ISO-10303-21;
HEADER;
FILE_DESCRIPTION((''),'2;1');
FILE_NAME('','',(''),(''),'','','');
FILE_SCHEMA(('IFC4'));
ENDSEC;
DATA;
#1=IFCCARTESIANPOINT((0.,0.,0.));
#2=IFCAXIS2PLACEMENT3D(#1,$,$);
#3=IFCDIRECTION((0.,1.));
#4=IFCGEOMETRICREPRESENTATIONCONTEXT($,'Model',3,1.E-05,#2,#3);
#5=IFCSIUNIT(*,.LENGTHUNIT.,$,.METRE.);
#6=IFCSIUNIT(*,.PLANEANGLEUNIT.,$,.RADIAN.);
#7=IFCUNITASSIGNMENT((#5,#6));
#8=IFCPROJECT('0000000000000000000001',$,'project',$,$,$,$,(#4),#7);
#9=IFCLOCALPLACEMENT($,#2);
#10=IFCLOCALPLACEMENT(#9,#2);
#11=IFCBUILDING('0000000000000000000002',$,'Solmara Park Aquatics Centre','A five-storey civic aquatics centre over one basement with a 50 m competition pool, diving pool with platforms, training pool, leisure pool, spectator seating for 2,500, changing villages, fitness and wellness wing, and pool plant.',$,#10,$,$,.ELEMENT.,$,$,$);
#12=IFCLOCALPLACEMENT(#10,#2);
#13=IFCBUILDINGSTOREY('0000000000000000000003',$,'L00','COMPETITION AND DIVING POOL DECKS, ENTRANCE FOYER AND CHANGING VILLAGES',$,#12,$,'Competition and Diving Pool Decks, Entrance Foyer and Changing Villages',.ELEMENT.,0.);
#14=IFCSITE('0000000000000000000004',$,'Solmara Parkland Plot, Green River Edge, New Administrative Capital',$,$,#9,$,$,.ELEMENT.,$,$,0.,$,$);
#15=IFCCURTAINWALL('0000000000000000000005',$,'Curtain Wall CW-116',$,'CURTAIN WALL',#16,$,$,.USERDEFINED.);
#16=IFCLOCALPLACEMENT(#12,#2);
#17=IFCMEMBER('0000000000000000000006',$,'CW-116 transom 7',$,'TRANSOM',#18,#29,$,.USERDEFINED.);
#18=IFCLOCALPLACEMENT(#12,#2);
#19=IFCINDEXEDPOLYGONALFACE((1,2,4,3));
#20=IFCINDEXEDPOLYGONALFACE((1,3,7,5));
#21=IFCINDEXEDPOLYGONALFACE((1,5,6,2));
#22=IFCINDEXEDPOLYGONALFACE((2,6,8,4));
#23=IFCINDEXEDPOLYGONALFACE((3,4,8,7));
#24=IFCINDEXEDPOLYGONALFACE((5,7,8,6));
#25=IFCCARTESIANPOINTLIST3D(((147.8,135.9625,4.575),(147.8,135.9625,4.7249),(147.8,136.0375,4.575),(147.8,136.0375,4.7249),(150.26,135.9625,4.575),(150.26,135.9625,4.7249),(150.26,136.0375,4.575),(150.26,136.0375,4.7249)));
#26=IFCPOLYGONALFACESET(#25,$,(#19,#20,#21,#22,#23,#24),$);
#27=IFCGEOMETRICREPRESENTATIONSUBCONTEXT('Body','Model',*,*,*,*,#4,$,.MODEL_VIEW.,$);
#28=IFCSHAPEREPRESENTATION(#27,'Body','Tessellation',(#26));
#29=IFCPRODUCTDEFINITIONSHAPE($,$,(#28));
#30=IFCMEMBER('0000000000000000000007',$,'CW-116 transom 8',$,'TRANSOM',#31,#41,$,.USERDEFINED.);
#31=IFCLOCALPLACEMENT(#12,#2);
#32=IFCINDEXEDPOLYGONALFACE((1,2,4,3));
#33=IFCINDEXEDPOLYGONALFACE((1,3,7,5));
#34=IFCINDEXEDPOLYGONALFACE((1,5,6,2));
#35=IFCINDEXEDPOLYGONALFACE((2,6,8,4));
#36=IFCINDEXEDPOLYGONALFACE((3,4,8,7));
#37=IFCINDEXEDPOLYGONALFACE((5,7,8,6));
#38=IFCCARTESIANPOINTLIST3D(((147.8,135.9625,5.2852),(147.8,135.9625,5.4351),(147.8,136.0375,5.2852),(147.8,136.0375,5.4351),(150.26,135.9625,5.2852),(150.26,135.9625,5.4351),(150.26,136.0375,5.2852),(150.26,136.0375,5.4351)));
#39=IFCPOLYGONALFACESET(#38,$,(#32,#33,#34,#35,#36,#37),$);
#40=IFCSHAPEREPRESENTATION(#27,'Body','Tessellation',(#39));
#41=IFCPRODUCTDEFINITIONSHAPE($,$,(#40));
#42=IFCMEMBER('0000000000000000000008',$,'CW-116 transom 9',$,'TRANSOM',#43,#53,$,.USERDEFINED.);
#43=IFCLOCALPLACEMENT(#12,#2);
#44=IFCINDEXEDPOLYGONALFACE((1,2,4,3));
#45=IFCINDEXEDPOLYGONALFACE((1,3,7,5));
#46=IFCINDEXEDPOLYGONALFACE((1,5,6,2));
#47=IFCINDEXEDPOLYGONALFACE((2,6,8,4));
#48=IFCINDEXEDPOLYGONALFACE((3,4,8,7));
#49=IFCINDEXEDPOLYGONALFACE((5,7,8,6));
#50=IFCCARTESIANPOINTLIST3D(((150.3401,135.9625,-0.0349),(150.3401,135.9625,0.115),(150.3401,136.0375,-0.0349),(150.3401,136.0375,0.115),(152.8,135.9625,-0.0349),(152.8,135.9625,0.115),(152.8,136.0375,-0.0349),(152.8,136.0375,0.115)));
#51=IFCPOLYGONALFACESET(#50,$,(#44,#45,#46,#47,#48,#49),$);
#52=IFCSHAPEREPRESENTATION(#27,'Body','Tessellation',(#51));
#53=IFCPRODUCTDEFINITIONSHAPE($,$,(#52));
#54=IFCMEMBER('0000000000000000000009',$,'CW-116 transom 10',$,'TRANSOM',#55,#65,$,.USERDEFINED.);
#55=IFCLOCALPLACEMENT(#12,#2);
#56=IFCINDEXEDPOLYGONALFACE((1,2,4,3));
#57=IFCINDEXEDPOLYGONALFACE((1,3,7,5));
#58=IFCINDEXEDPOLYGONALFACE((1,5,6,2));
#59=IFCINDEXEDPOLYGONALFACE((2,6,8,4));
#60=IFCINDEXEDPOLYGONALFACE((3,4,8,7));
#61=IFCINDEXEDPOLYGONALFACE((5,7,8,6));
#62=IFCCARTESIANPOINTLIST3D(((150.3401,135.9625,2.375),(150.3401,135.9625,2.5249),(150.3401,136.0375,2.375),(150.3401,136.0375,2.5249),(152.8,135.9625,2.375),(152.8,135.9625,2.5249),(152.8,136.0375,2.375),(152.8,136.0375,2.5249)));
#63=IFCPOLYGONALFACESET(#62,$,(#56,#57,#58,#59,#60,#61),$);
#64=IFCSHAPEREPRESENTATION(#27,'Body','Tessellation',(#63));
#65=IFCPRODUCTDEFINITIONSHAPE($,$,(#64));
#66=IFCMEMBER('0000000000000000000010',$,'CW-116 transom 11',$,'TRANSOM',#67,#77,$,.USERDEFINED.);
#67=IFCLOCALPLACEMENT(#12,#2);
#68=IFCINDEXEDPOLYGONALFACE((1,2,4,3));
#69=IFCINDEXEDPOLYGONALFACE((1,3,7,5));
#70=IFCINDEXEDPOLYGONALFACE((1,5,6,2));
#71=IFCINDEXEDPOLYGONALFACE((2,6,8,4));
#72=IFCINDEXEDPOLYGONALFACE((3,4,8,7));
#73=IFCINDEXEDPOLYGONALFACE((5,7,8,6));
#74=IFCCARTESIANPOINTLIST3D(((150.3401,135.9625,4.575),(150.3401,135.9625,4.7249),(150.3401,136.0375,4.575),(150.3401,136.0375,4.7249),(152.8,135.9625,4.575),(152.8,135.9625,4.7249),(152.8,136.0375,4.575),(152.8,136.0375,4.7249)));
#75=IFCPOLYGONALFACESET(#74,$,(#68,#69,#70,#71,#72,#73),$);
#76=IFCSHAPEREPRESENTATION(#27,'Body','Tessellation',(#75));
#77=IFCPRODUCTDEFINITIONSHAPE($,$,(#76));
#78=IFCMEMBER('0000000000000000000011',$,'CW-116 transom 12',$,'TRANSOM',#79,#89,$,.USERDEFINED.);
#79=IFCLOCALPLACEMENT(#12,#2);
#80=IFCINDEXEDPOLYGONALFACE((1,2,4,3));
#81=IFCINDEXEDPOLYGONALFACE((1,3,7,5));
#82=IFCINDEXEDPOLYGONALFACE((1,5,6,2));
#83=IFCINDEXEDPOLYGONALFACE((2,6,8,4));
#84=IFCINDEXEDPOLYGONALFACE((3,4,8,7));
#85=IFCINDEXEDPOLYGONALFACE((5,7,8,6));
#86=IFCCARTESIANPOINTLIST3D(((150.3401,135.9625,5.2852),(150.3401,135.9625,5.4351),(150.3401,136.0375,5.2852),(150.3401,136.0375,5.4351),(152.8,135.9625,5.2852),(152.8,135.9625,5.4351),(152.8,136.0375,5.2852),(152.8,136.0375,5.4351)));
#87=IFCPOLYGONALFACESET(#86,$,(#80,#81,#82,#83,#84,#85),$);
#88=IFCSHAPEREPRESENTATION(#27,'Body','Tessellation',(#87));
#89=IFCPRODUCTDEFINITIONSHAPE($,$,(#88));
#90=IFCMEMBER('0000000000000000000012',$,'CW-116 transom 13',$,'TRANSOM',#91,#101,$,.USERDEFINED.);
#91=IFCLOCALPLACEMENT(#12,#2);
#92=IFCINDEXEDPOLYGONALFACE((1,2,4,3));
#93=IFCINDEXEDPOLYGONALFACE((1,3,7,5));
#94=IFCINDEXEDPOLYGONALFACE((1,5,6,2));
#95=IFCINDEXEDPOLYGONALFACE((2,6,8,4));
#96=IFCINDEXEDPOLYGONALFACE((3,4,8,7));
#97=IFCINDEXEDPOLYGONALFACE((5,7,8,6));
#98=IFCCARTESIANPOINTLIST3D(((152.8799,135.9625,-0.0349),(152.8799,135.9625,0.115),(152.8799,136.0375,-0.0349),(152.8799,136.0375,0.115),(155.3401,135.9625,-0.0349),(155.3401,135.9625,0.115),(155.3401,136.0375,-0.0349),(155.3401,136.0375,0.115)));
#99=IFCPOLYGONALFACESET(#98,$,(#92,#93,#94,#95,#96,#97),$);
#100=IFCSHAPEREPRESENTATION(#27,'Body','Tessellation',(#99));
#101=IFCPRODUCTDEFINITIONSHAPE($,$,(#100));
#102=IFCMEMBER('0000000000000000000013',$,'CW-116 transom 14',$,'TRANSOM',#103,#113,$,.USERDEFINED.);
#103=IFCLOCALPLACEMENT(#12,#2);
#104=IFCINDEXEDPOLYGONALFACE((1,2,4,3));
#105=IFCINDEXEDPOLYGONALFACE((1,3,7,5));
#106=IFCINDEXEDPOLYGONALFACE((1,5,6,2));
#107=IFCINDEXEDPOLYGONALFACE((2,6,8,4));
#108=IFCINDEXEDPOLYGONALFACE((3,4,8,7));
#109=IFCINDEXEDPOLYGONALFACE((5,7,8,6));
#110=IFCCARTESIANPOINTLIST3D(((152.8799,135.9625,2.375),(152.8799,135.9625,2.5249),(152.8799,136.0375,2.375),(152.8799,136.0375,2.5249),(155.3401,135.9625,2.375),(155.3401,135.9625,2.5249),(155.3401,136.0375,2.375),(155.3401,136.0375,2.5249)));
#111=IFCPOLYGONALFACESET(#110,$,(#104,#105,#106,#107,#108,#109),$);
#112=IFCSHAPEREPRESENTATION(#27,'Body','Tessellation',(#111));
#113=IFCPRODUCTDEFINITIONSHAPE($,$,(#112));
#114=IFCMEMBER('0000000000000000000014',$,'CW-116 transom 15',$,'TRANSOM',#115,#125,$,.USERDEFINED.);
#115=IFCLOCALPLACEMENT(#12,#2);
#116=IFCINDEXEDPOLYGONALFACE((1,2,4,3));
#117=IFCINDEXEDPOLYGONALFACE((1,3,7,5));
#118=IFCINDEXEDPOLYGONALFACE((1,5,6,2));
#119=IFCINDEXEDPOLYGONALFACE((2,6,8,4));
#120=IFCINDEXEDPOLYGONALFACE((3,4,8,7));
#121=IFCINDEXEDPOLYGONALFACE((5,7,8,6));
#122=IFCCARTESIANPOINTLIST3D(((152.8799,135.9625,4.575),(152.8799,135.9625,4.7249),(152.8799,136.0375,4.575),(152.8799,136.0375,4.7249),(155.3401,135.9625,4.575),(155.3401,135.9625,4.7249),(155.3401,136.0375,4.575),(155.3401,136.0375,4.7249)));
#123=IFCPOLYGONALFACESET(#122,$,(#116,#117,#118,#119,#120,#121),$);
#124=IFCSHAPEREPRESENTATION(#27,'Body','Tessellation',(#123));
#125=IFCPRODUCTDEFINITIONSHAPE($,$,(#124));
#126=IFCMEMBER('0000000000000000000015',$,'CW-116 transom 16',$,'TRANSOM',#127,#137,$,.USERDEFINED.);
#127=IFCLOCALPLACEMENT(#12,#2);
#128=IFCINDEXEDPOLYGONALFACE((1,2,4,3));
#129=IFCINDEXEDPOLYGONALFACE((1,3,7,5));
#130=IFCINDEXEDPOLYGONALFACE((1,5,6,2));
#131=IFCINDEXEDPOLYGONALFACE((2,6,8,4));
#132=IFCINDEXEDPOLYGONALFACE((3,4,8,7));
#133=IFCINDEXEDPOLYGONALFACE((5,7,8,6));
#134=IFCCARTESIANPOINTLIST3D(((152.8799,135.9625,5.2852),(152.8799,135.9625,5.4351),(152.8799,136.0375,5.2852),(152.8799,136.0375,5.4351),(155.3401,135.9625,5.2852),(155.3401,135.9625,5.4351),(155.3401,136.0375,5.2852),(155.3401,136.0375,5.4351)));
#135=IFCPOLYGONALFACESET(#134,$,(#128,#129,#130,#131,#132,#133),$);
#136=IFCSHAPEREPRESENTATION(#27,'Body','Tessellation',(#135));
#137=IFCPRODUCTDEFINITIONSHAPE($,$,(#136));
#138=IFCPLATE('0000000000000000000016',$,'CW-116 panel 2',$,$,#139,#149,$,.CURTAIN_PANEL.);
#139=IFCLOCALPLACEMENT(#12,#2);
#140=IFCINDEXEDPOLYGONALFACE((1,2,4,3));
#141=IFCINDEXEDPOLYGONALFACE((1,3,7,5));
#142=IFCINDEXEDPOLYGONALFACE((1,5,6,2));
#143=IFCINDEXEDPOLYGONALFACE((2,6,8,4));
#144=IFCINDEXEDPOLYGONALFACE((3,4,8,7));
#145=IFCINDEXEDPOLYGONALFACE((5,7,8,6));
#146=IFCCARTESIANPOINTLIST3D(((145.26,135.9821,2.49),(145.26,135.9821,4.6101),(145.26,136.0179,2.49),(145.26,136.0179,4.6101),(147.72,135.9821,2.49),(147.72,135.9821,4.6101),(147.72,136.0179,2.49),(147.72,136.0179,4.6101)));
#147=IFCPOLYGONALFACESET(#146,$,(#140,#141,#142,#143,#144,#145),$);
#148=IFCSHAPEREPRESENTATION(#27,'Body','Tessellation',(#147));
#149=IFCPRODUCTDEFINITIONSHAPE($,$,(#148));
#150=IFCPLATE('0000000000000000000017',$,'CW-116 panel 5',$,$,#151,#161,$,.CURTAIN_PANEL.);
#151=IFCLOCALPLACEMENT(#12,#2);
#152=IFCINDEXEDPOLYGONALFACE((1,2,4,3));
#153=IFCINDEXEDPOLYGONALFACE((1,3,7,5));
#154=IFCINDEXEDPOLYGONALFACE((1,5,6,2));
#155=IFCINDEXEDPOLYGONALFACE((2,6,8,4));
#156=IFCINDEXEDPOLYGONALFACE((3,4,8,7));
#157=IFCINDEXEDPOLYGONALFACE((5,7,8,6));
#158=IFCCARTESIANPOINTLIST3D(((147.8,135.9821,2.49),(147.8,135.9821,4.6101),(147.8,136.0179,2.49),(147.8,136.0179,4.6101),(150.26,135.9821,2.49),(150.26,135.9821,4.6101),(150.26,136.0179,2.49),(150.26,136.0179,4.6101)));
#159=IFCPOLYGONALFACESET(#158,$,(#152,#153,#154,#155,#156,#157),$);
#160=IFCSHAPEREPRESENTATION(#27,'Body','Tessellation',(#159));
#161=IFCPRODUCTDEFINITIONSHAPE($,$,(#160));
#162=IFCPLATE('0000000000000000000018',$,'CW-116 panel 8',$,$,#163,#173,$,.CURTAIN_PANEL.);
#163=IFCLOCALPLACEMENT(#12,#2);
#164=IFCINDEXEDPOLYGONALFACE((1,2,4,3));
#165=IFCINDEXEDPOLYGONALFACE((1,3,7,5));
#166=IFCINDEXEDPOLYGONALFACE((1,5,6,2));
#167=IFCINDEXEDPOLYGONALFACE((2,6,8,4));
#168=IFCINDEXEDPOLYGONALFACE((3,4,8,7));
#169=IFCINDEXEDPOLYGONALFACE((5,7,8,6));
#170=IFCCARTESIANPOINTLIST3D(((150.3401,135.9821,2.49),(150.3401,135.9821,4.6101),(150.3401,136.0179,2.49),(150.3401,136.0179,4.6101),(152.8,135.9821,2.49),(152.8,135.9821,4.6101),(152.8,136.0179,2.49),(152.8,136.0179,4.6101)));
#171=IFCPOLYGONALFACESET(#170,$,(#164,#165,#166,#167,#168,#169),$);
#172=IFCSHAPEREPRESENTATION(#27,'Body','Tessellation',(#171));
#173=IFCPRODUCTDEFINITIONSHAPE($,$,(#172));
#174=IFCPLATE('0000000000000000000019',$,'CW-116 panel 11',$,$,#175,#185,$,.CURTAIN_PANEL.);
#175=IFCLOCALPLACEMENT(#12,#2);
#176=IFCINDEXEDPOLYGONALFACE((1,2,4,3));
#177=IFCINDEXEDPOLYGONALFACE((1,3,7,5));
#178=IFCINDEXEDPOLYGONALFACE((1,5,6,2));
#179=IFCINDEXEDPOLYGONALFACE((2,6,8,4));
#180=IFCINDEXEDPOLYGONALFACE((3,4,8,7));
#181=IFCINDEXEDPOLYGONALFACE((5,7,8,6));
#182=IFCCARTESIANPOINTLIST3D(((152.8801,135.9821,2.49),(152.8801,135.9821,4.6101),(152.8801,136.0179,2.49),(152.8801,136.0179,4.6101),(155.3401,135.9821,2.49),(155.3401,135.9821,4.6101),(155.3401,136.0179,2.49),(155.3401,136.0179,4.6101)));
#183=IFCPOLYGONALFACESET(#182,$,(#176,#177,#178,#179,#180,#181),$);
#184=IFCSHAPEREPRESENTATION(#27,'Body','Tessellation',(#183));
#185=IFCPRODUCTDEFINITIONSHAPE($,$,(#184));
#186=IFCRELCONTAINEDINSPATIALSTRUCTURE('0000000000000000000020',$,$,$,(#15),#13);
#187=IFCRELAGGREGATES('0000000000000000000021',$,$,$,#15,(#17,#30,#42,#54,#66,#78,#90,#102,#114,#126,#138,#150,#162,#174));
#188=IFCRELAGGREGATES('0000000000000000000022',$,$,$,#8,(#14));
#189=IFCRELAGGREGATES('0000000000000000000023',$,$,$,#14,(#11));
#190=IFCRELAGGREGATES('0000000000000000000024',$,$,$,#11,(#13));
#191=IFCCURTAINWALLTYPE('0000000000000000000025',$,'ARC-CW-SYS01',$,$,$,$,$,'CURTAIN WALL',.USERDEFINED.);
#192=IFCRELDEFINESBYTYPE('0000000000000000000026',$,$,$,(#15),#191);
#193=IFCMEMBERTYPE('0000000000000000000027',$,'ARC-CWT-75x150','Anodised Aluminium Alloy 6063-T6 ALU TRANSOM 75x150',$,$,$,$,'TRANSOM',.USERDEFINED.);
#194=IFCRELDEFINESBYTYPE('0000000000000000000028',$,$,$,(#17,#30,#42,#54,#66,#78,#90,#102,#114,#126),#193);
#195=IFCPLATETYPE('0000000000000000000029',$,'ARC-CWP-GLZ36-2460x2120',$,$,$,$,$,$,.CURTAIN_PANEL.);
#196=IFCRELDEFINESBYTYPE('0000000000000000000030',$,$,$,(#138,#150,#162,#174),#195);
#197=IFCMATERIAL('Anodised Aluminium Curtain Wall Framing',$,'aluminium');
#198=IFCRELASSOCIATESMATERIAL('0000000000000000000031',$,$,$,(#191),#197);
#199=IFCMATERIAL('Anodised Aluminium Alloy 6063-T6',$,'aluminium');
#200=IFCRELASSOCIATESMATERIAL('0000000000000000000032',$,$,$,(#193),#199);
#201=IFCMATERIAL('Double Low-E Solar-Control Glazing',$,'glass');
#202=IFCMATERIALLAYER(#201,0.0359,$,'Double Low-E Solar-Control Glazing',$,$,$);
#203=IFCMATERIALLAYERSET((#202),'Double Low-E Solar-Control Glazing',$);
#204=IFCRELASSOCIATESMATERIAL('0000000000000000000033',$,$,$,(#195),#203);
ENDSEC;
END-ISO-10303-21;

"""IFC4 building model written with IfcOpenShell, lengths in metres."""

from ifc_helpers import new_model, si_unit, direction, frame, origin, origin_2d, place, context, subcontext, project, spatial, rectangle, extrude, material, layer, layer_set, material_profile, profile_set, type_object, element, aggregate, save


model = new_model("IFC4")

# Units and contexts
model_context = context("Model", 3, precision=1e-05, world=origin(), true_north=direction((0.0, 1.0)))
body_context = subcontext(model_context, "Body", "Model", "MODEL_VIEW")
ifc_project = project(units=[si_unit("LENGTHUNIT", "METRE"), si_unit("PLANEANGLEUNIT", "RADIAN")], contexts=[model_context])

# Site, building, storey
site_placement = place(None, origin())
site = spatial("IfcSite", under=ifc_project, at=site_placement, Name="Solmara Parkland Plot, Green River Edge, New Administrative Capital", CompositionType="ELEMENT", RefElevation=0.0)
building_placement = place(site_placement, origin())
building = spatial("IfcBuilding", under=site, at=building_placement, Name="Solmara Park Aquatics Centre", Description="A five-storey civic aquatics centre over one basement with a 50 m competition pool, diving pool with platforms, training pool, leisure pool, spectator seating for 2,500, changing villages, fitness and wellness wing, and pool plant.", CompositionType="ELEMENT")
storey_placement = place(building_placement, origin())
storey = spatial("IfcBuildingStorey", under=building, at=storey_placement, Name="L00", Description="COMPETITION AND DIVING POOL DECKS, ENTRANCE FOYER AND CHANGING VILLAGES", LongName="Competition and Diving Pool Decks, Entrance Foyer and Changing Villages", CompositionType="ELEMENT", Elevation=0.0)

# Shared definitions
ifc_material_1 = material(Name="Anodised Aluminium Curtain Wall Framing", Category="aluminium")
curtain_wall_type = type_object("IfcCurtainWallType", Name="ARC-CW-SYS01", ElementType="CURTAIN WALL", PredefinedType="USERDEFINED", material=ifc_material_1)
ifc_material_2 = material(Name="Anodised Aluminium Alloy 6063-T6", Category="aluminium")

# Curtain wall, members, plates
curtain_wall_1_placement = place(storey_placement, origin())
curtain_wall_1 = element("IfcCurtainWall", 1, at=curtain_wall_1_placement, inside=storey, type_object=curtain_wall_type, Name="Curtain Wall CW-116", ObjectType="CURTAIN WALL", PredefinedType="USERDEFINED")
ifc_material_profile_1 = material_profile(ifc_material_2, rectangle(XDim=0.075, YDim=0.1499, at=origin_2d()), Name="ALU TRANSOM 75x150")
ifc_profile_set_1 = profile_set([ifc_material_profile_1], Name="Anodised Aluminium Alloy 6063-T6")
member_type_1 = type_object("IfcMemberType", Name="ARC-CWT-75x150", Description="Anodised Aluminium Alloy 6063-T6 ALU TRANSOM 75x150", ElementType="TRANSOM", PredefinedType="USERDEFINED", material=ifc_profile_set_1)
member_1_placement = place(storey_placement, frame((147.8, 136.0, 4.6499), z_axis=(1.0, 0.0, 0.0), x_axis=(0.0, 1.0, 0.0)))
member_1 = element("IfcMember", 2, at=member_1_placement, type_object=member_type_1, Name="CW-116 transom 7", ObjectType="TRANSOM", PredefinedType="USERDEFINED", context=body_context, shape_type="SweptSolid", body=[
    extrude(rectangle(XDim=0.075, YDim=0.1499, at=origin_2d()), origin(), (0.0, 0.0, 1.0), 2.46),
])
member_2_placement = place(storey_placement, frame((147.8, 136.0, 5.3601), z_axis=(1.0, 0.0, 0.0), x_axis=(0.0, 1.0, 0.0)))
member_2 = element("IfcMember", 3, at=member_2_placement, type_object=member_type_1, Name="CW-116 transom 8", ObjectType="TRANSOM", PredefinedType="USERDEFINED", context=body_context, shape_type="SweptSolid", body=[
    extrude(rectangle(XDim=0.075, YDim=0.1499, at=origin_2d()), origin(), (0.0, 0.0, 1.0), 2.46),
])
member_3_placement = place(storey_placement, frame((150.3401, 136.0, 0.04), z_axis=(1.0, 0.0, 0.0), x_axis=(0.0, 1.0, 0.0)))
member_3 = element("IfcMember", 4, at=member_3_placement, type_object=member_type_1, Name="CW-116 transom 9", ObjectType="TRANSOM", PredefinedType="USERDEFINED", context=body_context, shape_type="SweptSolid", body=[
    extrude(rectangle(XDim=0.075, YDim=0.1499, at=origin_2d()), origin(), (0.0, 0.0, 1.0), 2.46),
])
member_4_placement = place(storey_placement, frame((150.3401, 136.0, 2.45), z_axis=(1.0, 0.0, 0.0), x_axis=(0.0, 1.0, 0.0)))
member_4 = element("IfcMember", 5, at=member_4_placement, type_object=member_type_1, Name="CW-116 transom 10", ObjectType="TRANSOM", PredefinedType="USERDEFINED", context=body_context, shape_type="SweptSolid", body=[
    extrude(rectangle(XDim=0.075, YDim=0.1499, at=origin_2d()), origin(), (0.0, 0.0, 1.0), 2.46),
])
member_5_placement = place(storey_placement, frame((150.3401, 136.0, 4.6499), z_axis=(1.0, 0.0, 0.0), x_axis=(0.0, 1.0, 0.0)))
member_5 = element("IfcMember", 6, at=member_5_placement, type_object=member_type_1, Name="CW-116 transom 11", ObjectType="TRANSOM", PredefinedType="USERDEFINED", context=body_context, shape_type="SweptSolid", body=[
    extrude(rectangle(XDim=0.075, YDim=0.1499, at=origin_2d()), origin(), (0.0, 0.0, 1.0), 2.46),
])
member_6_placement = place(storey_placement, frame((150.3401, 136.0, 5.3601), z_axis=(1.0, 0.0, 0.0), x_axis=(0.0, 1.0, 0.0)))
member_6 = element("IfcMember", 7, at=member_6_placement, type_object=member_type_1, Name="CW-116 transom 12", ObjectType="TRANSOM", PredefinedType="USERDEFINED", context=body_context, shape_type="SweptSolid", body=[
    extrude(rectangle(XDim=0.075, YDim=0.1499, at=origin_2d()), origin(), (0.0, 0.0, 1.0), 2.46),
])
member_7_placement = place(storey_placement, frame((152.8799, 136.0, 0.04), z_axis=(1.0, 0.0, 0.0), x_axis=(0.0, 1.0, 0.0)))
member_7 = element("IfcMember", 8, at=member_7_placement, type_object=member_type_1, Name="CW-116 transom 13", ObjectType="TRANSOM", PredefinedType="USERDEFINED", context=body_context, shape_type="SweptSolid", body=[
    extrude(rectangle(XDim=0.075, YDim=0.1499, at=origin_2d()), origin(), (0.0, 0.0, 1.0), 2.4602),
])
member_8_placement = place(storey_placement, frame((152.8799, 136.0, 2.45), z_axis=(1.0, 0.0, 0.0), x_axis=(0.0, 1.0, 0.0)))
member_8 = element("IfcMember", 9, at=member_8_placement, type_object=member_type_1, Name="CW-116 transom 14", ObjectType="TRANSOM", PredefinedType="USERDEFINED", context=body_context, shape_type="SweptSolid", body=[
    extrude(rectangle(XDim=0.075, YDim=0.1499, at=origin_2d()), origin(), (0.0, 0.0, 1.0), 2.4602),
])
member_9_placement = place(storey_placement, frame((152.8799, 136.0, 4.6499), z_axis=(1.0, 0.0, 0.0), x_axis=(0.0, 1.0, 0.0)))
member_9 = element("IfcMember", 10, at=member_9_placement, type_object=member_type_1, Name="CW-116 transom 15", ObjectType="TRANSOM", PredefinedType="USERDEFINED", context=body_context, shape_type="SweptSolid", body=[
    extrude(rectangle(XDim=0.075, YDim=0.1499, at=origin_2d()), origin(), (0.0, 0.0, 1.0), 2.4602),
])
member_10_placement = place(storey_placement, frame((152.8799, 136.0, 5.3601), z_axis=(1.0, 0.0, 0.0), x_axis=(0.0, 1.0, 0.0)))
member_10 = element("IfcMember", 11, at=member_10_placement, type_object=member_type_1, Name="CW-116 transom 16", ObjectType="TRANSOM", PredefinedType="USERDEFINED", context=body_context, shape_type="SweptSolid", body=[
    extrude(rectangle(XDim=0.075, YDim=0.1499, at=origin_2d()), origin(), (0.0, 0.0, 1.0), 2.4602),
])
ifc_material_3 = material(Name="Double Low-E Solar-Control Glazing", Category="glass")
ifc_layer_1 = layer(ifc_material_3, 0.0359, Name="Double Low-E Solar-Control Glazing")
ifc_layer_set_1 = layer_set([ifc_layer_1], Name="Double Low-E Solar-Control Glazing")
plate_type_1 = type_object("IfcPlateType", Name="ARC-CWP-GLZ36-2460x2120", PredefinedType="CURTAIN_PANEL", material=ifc_layer_set_1)
plate_1_placement = place(storey_placement, frame((146.49, 136.0, 2.49), z_axis=(0.0, 0.0, 1.0), x_axis=(1.0, 0.0, 0.0)))
plate_1 = element("IfcPlate", 12, at=plate_1_placement, type_object=plate_type_1, Name="CW-116 panel 2", PredefinedType="CURTAIN_PANEL", context=body_context, shape_type="SweptSolid", body=[
    extrude(rectangle(XDim=2.46, YDim=0.0359, at=origin_2d()), origin(), (0.0, 0.0, 1.0), 2.1201),
])
plate_2_placement = place(storey_placement, frame((149.03, 136.0, 2.49), z_axis=(0.0, 0.0, 1.0), x_axis=(1.0, 0.0, 0.0)))
plate_2 = element("IfcPlate", 13, at=plate_2_placement, type_object=plate_type_1, Name="CW-116 panel 5", PredefinedType="CURTAIN_PANEL", context=body_context, shape_type="SweptSolid", body=[
    extrude(rectangle(XDim=2.46, YDim=0.0359, at=origin_2d()), origin(), (0.0, 0.0, 1.0), 2.1201),
])
plate_3_placement = place(storey_placement, frame((151.5701, 136.0, 2.49), z_axis=(0.0, 0.0, 1.0), x_axis=(1.0, 0.0, 0.0)))
plate_3 = element("IfcPlate", 14, at=plate_3_placement, type_object=plate_type_1, Name="CW-116 panel 8", PredefinedType="CURTAIN_PANEL", context=body_context, shape_type="SweptSolid", body=[
    extrude(rectangle(XDim=2.46, YDim=0.0359, at=origin_2d()), origin(), (0.0, 0.0, 1.0), 2.1201),
])
plate_4_placement = place(storey_placement, frame((154.1101, 136.0, 2.49), z_axis=(0.0, 0.0, 1.0), x_axis=(1.0, 0.0, 0.0)))
plate_4 = element("IfcPlate", 15, at=plate_4_placement, type_object=plate_type_1, Name="CW-116 panel 11", PredefinedType="CURTAIN_PANEL", context=body_context, shape_type="SweptSolid", body=[
    extrude(rectangle(XDim=2.46, YDim=0.0359, at=origin_2d()), origin(), (0.0, 0.0, 1.0), 2.1201),
])
aggregate(curtain_wall_1, [member_1, member_2, member_3, member_4, member_5, member_6, member_7, member_8, member_9, member_10, plate_1, plate_2, plate_3, plate_4])

save(model, "model.ifc")
